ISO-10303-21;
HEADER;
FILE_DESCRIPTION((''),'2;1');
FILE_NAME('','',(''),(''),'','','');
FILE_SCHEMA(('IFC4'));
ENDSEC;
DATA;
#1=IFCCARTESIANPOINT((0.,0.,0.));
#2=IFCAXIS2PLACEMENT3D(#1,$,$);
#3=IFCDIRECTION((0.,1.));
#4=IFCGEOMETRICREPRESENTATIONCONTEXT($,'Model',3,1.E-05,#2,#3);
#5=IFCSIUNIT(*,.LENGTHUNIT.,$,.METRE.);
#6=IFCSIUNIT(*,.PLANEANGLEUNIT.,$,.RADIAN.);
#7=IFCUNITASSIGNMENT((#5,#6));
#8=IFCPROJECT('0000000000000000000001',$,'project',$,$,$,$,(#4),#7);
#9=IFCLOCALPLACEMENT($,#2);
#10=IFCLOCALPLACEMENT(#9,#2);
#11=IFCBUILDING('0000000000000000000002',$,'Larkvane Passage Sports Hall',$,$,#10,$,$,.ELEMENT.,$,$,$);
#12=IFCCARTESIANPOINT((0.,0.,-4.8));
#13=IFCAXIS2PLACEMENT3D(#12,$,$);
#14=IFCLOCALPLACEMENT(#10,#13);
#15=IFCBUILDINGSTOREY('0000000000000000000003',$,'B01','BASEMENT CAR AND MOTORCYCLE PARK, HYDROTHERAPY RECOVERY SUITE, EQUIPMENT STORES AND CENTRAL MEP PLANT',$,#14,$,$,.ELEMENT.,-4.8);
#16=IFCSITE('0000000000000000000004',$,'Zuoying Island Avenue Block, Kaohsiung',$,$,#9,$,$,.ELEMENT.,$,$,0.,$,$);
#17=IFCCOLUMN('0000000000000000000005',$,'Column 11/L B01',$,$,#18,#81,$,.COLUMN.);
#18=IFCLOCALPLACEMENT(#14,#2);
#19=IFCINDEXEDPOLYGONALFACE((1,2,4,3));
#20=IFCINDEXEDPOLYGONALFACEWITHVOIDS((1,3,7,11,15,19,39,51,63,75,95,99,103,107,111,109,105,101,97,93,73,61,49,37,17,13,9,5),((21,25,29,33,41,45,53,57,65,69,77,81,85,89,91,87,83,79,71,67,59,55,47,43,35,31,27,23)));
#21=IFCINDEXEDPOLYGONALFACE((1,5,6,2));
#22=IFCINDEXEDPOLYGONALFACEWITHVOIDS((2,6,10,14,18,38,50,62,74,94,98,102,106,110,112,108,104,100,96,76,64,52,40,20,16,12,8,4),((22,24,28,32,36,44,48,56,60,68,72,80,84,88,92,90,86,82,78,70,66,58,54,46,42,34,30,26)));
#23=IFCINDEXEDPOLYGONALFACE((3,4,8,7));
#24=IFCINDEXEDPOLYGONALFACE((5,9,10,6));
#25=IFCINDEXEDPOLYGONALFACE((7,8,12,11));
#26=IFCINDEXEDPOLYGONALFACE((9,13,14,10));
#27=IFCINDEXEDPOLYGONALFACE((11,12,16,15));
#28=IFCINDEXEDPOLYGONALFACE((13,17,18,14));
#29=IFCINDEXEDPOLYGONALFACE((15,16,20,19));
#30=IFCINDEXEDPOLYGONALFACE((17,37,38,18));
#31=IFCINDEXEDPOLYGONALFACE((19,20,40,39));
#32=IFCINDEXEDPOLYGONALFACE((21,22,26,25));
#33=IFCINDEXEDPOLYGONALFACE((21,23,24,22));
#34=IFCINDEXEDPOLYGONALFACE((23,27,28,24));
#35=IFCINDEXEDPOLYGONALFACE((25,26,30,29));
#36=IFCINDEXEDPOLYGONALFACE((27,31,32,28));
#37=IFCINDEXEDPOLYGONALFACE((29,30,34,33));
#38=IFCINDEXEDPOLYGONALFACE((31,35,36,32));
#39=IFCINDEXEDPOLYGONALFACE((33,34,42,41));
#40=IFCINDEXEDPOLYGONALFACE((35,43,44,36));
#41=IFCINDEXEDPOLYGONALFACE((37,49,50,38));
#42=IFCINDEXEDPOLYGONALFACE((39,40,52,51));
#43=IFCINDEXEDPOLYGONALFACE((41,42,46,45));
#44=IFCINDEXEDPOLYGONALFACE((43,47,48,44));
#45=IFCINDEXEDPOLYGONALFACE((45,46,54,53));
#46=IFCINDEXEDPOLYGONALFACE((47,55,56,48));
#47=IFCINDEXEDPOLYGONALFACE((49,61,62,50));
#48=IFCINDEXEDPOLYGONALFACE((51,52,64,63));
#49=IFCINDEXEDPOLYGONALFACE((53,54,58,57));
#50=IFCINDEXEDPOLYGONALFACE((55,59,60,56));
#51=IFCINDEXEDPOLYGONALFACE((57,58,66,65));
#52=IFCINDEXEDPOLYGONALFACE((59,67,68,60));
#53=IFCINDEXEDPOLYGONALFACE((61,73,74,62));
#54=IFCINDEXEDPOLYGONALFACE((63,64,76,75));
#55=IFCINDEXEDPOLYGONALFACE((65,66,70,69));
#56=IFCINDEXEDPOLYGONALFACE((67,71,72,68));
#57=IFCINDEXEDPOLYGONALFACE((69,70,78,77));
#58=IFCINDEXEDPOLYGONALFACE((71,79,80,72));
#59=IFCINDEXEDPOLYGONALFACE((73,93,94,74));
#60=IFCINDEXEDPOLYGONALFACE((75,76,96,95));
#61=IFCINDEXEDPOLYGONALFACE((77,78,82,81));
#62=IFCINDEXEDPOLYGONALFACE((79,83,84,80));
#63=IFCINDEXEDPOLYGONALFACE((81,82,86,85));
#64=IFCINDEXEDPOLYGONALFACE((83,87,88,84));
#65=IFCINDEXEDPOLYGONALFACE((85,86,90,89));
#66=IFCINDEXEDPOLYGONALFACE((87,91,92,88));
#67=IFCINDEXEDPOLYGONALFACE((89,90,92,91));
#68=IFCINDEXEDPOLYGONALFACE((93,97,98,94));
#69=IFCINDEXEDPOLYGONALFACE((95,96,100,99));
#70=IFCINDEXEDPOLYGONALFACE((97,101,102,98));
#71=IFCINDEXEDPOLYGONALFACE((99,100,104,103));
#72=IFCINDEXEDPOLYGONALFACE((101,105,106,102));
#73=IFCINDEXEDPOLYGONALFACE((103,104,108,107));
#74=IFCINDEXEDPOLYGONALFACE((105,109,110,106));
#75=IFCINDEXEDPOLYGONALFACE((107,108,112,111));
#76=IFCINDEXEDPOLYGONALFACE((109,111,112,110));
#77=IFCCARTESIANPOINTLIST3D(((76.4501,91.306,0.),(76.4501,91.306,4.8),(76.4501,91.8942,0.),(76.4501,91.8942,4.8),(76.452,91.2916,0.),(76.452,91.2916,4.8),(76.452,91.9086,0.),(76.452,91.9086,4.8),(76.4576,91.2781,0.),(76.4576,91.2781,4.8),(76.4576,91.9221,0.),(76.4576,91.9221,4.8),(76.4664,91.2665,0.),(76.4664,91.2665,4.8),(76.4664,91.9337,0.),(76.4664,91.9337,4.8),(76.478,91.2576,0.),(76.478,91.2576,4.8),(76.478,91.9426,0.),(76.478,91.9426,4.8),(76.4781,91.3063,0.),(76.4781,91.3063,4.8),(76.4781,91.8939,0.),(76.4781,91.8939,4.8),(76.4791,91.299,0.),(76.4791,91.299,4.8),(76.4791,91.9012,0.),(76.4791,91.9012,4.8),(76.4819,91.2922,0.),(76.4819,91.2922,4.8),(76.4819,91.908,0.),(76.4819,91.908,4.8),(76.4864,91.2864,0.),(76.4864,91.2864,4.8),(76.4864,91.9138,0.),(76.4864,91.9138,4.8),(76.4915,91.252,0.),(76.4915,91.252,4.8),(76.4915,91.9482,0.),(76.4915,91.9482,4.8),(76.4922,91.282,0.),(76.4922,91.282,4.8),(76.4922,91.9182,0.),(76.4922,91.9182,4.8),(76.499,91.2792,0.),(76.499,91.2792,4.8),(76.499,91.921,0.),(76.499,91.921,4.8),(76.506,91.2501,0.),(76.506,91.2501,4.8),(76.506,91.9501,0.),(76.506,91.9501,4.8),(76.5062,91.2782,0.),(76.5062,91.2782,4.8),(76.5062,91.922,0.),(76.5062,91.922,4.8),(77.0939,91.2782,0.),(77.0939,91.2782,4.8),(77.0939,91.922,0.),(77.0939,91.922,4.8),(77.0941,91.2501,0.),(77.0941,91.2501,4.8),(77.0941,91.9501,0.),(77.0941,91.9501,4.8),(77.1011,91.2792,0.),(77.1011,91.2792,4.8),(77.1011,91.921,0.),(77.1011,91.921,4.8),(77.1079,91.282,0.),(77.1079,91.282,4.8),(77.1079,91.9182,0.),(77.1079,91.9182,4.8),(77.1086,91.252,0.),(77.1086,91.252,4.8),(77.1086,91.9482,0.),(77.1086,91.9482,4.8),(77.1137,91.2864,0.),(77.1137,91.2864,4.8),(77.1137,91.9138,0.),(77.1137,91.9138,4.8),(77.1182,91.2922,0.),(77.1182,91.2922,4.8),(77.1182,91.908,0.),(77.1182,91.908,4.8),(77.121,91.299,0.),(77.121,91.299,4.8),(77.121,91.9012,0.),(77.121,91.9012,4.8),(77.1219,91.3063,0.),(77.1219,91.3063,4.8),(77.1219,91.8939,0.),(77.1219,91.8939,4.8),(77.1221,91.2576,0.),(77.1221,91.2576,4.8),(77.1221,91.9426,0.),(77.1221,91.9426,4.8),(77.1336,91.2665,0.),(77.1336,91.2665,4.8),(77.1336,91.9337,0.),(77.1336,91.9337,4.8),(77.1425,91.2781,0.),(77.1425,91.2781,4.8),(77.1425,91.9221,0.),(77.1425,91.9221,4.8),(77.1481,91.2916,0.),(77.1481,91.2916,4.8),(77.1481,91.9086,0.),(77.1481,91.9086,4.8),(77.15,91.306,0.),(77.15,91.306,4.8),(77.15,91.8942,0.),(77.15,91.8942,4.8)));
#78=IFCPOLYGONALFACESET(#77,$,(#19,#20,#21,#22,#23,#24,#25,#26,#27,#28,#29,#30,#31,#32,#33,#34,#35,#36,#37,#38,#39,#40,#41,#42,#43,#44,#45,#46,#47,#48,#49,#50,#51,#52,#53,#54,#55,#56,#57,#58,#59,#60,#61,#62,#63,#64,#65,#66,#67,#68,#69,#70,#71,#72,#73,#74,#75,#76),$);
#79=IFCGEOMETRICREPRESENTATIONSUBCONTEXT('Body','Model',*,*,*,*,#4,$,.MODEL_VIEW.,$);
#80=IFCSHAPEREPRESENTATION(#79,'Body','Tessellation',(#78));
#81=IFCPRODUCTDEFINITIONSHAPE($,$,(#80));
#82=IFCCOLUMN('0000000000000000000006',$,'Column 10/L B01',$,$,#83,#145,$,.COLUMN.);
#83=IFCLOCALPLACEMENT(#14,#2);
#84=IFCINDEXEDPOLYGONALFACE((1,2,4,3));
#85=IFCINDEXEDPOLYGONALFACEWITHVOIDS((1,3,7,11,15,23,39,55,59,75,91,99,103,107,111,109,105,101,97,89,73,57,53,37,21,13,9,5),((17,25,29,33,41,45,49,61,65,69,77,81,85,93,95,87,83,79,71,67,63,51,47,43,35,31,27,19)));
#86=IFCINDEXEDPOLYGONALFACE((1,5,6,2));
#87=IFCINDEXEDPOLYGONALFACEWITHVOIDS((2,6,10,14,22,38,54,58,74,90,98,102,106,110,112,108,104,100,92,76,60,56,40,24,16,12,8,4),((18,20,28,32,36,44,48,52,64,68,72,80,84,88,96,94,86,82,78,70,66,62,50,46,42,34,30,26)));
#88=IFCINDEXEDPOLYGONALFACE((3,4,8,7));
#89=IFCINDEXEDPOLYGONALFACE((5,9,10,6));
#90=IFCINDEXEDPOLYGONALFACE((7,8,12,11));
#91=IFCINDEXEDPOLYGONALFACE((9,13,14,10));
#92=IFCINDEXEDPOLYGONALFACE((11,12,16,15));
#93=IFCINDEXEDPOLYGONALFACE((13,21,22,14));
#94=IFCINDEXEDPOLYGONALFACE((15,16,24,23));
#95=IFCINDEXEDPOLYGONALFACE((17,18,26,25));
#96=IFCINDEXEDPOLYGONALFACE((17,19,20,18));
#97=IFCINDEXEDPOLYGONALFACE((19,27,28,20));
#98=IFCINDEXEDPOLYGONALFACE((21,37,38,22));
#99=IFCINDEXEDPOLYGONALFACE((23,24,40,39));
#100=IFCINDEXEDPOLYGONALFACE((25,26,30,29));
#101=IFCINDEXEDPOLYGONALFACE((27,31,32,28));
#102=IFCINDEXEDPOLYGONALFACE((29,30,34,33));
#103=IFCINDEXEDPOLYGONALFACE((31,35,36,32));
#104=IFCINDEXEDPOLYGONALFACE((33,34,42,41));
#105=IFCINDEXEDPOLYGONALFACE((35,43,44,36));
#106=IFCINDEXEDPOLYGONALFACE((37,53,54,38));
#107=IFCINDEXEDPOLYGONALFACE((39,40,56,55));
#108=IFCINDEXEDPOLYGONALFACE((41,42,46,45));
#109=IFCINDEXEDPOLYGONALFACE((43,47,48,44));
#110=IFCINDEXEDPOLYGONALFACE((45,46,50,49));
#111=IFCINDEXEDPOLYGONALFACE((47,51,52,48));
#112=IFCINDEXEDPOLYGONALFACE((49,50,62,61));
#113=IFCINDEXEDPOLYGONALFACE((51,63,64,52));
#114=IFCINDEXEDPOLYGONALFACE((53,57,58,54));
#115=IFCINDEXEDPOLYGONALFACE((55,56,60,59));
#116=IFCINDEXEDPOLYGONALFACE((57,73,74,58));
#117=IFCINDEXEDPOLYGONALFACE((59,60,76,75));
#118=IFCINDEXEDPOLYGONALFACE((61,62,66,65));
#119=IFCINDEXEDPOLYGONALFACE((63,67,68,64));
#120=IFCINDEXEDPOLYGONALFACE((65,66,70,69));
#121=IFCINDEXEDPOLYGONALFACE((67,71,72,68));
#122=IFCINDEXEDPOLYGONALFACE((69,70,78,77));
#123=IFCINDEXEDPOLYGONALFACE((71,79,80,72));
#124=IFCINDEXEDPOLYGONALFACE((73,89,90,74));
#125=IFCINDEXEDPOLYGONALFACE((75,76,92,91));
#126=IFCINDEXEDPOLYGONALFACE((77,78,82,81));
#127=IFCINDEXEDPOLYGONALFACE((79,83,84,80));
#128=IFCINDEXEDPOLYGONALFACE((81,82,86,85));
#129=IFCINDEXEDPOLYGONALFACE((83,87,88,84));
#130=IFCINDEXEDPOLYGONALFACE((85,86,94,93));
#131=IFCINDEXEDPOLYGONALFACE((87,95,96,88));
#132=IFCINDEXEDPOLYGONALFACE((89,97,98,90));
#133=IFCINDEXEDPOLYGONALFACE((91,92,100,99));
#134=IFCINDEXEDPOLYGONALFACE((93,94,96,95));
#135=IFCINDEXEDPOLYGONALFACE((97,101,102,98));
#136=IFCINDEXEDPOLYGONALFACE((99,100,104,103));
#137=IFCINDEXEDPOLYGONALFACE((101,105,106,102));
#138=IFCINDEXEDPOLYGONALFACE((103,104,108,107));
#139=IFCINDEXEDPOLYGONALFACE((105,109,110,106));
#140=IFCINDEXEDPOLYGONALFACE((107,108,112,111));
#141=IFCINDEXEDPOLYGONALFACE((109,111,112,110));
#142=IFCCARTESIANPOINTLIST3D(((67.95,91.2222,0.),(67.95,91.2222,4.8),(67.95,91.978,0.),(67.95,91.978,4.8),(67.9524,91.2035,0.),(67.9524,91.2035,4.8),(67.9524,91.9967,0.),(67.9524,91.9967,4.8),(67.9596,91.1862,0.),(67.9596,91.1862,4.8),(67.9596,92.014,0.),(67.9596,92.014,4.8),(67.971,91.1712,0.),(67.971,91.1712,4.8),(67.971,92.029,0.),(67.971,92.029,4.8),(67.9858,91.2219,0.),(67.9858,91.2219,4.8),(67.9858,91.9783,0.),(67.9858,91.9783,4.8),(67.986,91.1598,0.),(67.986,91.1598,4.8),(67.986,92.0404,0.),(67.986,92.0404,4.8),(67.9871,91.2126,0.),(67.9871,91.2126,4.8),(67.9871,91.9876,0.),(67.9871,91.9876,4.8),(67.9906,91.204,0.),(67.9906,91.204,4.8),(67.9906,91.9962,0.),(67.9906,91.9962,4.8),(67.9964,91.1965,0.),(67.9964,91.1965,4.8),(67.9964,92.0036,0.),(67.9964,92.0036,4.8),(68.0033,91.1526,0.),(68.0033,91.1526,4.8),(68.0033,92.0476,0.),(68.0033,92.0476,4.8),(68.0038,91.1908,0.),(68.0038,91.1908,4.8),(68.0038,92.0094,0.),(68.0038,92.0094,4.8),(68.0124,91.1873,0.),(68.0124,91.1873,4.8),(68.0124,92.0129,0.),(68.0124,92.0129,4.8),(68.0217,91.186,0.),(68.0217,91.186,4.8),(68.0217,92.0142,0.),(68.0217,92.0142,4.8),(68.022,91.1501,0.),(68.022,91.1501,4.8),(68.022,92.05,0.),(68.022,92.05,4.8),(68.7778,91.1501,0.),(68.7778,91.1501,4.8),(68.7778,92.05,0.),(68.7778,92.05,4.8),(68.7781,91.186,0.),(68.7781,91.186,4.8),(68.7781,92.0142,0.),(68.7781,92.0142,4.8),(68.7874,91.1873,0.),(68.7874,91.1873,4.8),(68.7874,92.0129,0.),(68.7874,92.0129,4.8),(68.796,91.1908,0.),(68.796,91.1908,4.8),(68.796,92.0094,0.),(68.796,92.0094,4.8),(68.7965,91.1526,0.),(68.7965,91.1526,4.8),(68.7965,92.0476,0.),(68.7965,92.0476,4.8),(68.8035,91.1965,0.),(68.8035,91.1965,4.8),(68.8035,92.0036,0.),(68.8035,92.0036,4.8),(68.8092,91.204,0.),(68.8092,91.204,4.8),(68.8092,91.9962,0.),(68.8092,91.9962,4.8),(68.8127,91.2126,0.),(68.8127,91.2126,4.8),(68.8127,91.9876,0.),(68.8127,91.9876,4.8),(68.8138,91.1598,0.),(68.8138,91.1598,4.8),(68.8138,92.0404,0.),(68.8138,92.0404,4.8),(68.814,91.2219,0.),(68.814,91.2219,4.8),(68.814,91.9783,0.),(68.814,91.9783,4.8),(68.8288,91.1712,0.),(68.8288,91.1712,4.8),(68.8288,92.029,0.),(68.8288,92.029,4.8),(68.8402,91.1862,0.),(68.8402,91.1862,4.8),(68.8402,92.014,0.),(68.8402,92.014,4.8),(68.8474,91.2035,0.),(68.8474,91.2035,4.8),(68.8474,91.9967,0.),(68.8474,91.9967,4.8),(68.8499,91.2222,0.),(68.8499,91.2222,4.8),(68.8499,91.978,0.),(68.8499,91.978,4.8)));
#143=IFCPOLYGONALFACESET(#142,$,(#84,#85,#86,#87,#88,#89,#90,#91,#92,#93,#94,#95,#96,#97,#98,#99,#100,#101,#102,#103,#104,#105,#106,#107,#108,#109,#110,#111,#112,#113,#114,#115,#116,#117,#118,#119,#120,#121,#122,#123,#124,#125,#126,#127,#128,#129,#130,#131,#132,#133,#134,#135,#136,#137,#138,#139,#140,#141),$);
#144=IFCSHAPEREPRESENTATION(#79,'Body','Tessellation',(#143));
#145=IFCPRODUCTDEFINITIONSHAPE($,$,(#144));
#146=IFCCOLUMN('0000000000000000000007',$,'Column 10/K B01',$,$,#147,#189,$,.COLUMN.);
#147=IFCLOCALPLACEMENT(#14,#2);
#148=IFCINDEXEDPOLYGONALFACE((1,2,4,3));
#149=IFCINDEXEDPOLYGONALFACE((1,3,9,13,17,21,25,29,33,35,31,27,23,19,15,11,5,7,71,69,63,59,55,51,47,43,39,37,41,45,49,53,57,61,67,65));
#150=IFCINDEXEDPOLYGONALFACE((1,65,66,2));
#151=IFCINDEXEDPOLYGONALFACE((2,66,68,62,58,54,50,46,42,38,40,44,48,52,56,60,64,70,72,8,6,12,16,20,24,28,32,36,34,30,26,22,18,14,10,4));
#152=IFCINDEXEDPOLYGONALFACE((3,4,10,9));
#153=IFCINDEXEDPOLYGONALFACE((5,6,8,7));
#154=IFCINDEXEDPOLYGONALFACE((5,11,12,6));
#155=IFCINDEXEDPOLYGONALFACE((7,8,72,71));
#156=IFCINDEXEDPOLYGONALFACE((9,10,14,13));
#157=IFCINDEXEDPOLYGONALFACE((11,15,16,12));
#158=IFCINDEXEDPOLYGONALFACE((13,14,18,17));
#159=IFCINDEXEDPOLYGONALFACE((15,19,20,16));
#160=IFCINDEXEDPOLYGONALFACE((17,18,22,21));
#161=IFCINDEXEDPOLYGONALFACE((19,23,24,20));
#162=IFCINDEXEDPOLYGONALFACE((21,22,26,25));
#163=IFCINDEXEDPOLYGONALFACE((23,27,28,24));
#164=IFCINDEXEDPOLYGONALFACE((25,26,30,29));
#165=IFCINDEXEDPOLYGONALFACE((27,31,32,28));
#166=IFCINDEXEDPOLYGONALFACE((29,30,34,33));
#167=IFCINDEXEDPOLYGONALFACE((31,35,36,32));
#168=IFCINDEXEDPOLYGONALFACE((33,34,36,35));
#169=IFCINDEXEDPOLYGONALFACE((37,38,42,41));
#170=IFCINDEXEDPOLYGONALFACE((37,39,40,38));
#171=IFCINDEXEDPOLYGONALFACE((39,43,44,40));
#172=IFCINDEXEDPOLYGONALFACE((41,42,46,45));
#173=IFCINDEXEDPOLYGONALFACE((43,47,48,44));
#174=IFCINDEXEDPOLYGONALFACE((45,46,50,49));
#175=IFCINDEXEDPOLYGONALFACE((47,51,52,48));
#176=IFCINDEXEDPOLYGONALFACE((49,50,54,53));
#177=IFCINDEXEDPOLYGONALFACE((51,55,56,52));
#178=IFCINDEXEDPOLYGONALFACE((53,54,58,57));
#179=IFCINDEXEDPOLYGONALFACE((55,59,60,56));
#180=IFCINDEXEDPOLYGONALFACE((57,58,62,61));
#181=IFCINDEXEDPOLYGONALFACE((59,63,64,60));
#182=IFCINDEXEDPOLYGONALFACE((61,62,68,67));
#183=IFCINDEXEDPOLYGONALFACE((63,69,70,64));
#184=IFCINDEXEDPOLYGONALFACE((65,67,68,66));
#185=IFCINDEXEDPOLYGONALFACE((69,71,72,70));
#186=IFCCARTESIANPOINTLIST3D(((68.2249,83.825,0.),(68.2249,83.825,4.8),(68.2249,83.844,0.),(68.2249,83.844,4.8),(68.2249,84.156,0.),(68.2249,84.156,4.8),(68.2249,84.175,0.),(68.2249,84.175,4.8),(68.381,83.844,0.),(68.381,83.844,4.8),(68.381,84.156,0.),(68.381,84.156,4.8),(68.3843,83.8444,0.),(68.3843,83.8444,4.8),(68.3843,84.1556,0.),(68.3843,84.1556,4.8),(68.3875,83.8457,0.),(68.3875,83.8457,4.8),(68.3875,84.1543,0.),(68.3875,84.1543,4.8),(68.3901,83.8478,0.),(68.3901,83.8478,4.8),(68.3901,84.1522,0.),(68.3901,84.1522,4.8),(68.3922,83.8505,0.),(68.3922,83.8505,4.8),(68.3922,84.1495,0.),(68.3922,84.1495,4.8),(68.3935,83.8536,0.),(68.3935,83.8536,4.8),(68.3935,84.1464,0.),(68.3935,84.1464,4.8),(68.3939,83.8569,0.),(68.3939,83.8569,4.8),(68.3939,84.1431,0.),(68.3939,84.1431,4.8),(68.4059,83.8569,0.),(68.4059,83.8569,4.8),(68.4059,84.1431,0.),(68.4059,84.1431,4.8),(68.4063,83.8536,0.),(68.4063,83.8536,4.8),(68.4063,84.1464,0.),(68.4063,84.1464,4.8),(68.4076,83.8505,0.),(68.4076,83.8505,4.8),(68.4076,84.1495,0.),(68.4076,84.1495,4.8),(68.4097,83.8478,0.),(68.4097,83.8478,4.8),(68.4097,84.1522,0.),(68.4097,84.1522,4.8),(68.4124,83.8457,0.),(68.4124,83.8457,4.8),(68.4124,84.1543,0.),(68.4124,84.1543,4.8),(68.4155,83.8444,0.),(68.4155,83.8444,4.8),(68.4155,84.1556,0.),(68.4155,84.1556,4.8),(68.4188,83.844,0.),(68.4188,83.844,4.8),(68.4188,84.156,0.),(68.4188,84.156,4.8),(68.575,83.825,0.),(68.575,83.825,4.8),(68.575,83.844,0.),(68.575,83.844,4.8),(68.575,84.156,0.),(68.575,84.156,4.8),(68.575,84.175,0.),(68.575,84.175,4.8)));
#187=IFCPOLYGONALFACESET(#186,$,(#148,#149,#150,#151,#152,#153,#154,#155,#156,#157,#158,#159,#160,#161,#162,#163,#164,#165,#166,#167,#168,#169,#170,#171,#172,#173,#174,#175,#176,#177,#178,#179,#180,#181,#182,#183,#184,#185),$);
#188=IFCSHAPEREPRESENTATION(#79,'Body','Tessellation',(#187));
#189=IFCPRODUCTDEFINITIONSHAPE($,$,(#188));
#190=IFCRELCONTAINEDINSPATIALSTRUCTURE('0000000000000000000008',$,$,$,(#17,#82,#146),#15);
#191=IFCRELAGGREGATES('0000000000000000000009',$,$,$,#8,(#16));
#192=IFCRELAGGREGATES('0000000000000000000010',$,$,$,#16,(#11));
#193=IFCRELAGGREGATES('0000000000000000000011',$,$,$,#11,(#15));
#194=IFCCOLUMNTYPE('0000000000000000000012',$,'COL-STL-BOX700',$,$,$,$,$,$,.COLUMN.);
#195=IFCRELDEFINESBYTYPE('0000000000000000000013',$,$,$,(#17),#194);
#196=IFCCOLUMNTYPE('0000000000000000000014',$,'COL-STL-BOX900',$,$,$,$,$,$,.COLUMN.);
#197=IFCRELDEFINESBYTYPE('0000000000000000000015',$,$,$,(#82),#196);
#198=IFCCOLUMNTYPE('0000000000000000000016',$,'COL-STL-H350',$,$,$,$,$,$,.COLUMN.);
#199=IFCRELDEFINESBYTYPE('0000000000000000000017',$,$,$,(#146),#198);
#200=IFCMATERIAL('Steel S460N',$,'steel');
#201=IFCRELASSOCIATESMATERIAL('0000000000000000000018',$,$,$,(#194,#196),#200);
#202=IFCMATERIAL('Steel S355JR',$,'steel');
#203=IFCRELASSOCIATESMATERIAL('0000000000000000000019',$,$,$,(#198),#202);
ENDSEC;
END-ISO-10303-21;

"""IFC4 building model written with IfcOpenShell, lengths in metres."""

from ifc_helpers import new_model, si_unit, direction, frame, origin, origin_2d, place, context, subcontext, project, spatial, hollow_rectangle, i_section, extrude, material, material_profile, profile_set, type_object, element, save


model = new_model("IFC4")

# Units and contexts
model_context = context("Model", 3, precision=1e-05, world=origin(), true_north=direction((0.0, 1.0)))
body_context = subcontext(model_context, "Body", "Model", "MODEL_VIEW")
ifc_project = project(units=[si_unit("LENGTHUNIT", "METRE"), si_unit("PLANEANGLEUNIT", "RADIAN")], contexts=[model_context])

# Site, building, storey
site_placement = place(None, origin())
site = spatial("IfcSite", under=ifc_project, at=site_placement, Name="Zuoying Island Avenue Block, Kaohsiung", CompositionType="ELEMENT", RefElevation=0.0)
building_placement = place(site_placement, origin())
building = spatial("IfcBuilding", under=site, at=building_placement, Name="Larkvane Passage Sports Hall", CompositionType="ELEMENT")
storey_placement = place(building_placement, frame((0.0, 0.0, -4.8)))
storey = spatial("IfcBuildingStorey", under=building, at=storey_placement, Name="B01", Description="BASEMENT CAR AND MOTORCYCLE PARK, HYDROTHERAPY RECOVERY SUITE, EQUIPMENT STORES AND CENTRAL MEP PLANT", CompositionType="ELEMENT", Elevation=-4.8)

# Columns
ifc_material_1 = material(Name="Steel S460N", Category="steel")
ifc_material_profile_1 = material_profile(ifc_material_1, hollow_rectangle(XDim=0.7, YDim=0.7, WallThickness=0.0281, InnerFilletRadius=0.0281, OuterFilletRadius=0.0559, at=origin_2d()), Name="BOX-700x700x28")
ifc_profile_set_1 = profile_set([ifc_material_profile_1], Name="Steel S460N")
column_type_1 = type_object("IfcColumnType", Name="COL-STL-BOX700", PredefinedType="COLUMN", material=ifc_profile_set_1)
column_1_placement = place(storey_placement, frame((76.8, 91.6001, 0.0), z_axis=(0.0, 0.0, 1.0), x_axis=(1.0, 0.0, 0.0)))
element("IfcColumn", 1, at=column_1_placement, inside=storey, type_object=column_type_1, Name="Column 11/L B01", PredefinedType="COLUMN", context=body_context, shape_type="SweptSolid", body=[
    extrude(hollow_rectangle(XDim=0.7, YDim=0.7, WallThickness=0.0281, InnerFilletRadius=0.0281, OuterFilletRadius=0.0559, at=origin_2d()), origin(), (0.0, 0.0, 1.0), 4.8),
])
ifc_material_profile_2 = material_profile(ifc_material_1, hollow_rectangle(XDim=0.8999, YDim=0.8999, WallThickness=0.0359, InnerFilletRadius=0.0359, OuterFilletRadius=0.072, at=origin_2d()), Name="BOX-900x900x36")
ifc_profile_set_2 = profile_set([ifc_material_profile_2], Name="Steel S460N")
column_type_2 = type_object("IfcColumnType", Name="COL-STL-BOX900", PredefinedType="COLUMN", material=ifc_profile_set_2)
column_2_placement = place(storey_placement, frame((68.3999, 91.6001, 0.0), z_axis=(0.0, 0.0, 1.0), x_axis=(1.0, 0.0, 0.0)))
element("IfcColumn", 2, at=column_2_placement, inside=storey, type_object=column_type_2, Name="Column 10/L B01", PredefinedType="COLUMN", context=body_context, shape_type="SweptSolid", body=[
    extrude(hollow_rectangle(XDim=0.8999, YDim=0.8999, WallThickness=0.0359, InnerFilletRadius=0.0359, OuterFilletRadius=0.072, at=origin_2d()), origin(), (0.0, 0.0, 1.0), 4.8),
])
ifc_material_2 = material(Name="Steel S355JR", Category="steel")
ifc_material_profile_3 = material_profile(ifc_material_2, i_section(OverallWidth=0.3501, OverallDepth=0.3501, WebThickness=0.012, FlangeThickness=0.019, FilletRadius=0.0129, at=origin_2d()), Name="H-350x350x12x19")
ifc_profile_set_3 = profile_set([ifc_material_profile_3], Name="Steel S355JR")
column_type_3 = type_object("IfcColumnType", Name="COL-STL-H350", PredefinedType="COLUMN", material=ifc_profile_set_3)
column_3_placement = place(storey_placement, frame((68.3999, 84.0, 0.0), z_axis=(0.0, 0.0, 1.0), x_axis=(1.0, 0.0, 0.0)))
element("IfcColumn", 3, at=column_3_placement, inside=storey, type_object=column_type_3, Name="Column 10/K B01", PredefinedType="COLUMN", context=body_context, shape_type="SweptSolid", body=[
    extrude(i_section(OverallWidth=0.3501, OverallDepth=0.3501, WebThickness=0.012, FlangeThickness=0.019, FilletRadius=0.0129, at=origin_2d()), origin(), (0.0, 0.0, 1.0), 4.8),
])

save(model, "model.ifc")
